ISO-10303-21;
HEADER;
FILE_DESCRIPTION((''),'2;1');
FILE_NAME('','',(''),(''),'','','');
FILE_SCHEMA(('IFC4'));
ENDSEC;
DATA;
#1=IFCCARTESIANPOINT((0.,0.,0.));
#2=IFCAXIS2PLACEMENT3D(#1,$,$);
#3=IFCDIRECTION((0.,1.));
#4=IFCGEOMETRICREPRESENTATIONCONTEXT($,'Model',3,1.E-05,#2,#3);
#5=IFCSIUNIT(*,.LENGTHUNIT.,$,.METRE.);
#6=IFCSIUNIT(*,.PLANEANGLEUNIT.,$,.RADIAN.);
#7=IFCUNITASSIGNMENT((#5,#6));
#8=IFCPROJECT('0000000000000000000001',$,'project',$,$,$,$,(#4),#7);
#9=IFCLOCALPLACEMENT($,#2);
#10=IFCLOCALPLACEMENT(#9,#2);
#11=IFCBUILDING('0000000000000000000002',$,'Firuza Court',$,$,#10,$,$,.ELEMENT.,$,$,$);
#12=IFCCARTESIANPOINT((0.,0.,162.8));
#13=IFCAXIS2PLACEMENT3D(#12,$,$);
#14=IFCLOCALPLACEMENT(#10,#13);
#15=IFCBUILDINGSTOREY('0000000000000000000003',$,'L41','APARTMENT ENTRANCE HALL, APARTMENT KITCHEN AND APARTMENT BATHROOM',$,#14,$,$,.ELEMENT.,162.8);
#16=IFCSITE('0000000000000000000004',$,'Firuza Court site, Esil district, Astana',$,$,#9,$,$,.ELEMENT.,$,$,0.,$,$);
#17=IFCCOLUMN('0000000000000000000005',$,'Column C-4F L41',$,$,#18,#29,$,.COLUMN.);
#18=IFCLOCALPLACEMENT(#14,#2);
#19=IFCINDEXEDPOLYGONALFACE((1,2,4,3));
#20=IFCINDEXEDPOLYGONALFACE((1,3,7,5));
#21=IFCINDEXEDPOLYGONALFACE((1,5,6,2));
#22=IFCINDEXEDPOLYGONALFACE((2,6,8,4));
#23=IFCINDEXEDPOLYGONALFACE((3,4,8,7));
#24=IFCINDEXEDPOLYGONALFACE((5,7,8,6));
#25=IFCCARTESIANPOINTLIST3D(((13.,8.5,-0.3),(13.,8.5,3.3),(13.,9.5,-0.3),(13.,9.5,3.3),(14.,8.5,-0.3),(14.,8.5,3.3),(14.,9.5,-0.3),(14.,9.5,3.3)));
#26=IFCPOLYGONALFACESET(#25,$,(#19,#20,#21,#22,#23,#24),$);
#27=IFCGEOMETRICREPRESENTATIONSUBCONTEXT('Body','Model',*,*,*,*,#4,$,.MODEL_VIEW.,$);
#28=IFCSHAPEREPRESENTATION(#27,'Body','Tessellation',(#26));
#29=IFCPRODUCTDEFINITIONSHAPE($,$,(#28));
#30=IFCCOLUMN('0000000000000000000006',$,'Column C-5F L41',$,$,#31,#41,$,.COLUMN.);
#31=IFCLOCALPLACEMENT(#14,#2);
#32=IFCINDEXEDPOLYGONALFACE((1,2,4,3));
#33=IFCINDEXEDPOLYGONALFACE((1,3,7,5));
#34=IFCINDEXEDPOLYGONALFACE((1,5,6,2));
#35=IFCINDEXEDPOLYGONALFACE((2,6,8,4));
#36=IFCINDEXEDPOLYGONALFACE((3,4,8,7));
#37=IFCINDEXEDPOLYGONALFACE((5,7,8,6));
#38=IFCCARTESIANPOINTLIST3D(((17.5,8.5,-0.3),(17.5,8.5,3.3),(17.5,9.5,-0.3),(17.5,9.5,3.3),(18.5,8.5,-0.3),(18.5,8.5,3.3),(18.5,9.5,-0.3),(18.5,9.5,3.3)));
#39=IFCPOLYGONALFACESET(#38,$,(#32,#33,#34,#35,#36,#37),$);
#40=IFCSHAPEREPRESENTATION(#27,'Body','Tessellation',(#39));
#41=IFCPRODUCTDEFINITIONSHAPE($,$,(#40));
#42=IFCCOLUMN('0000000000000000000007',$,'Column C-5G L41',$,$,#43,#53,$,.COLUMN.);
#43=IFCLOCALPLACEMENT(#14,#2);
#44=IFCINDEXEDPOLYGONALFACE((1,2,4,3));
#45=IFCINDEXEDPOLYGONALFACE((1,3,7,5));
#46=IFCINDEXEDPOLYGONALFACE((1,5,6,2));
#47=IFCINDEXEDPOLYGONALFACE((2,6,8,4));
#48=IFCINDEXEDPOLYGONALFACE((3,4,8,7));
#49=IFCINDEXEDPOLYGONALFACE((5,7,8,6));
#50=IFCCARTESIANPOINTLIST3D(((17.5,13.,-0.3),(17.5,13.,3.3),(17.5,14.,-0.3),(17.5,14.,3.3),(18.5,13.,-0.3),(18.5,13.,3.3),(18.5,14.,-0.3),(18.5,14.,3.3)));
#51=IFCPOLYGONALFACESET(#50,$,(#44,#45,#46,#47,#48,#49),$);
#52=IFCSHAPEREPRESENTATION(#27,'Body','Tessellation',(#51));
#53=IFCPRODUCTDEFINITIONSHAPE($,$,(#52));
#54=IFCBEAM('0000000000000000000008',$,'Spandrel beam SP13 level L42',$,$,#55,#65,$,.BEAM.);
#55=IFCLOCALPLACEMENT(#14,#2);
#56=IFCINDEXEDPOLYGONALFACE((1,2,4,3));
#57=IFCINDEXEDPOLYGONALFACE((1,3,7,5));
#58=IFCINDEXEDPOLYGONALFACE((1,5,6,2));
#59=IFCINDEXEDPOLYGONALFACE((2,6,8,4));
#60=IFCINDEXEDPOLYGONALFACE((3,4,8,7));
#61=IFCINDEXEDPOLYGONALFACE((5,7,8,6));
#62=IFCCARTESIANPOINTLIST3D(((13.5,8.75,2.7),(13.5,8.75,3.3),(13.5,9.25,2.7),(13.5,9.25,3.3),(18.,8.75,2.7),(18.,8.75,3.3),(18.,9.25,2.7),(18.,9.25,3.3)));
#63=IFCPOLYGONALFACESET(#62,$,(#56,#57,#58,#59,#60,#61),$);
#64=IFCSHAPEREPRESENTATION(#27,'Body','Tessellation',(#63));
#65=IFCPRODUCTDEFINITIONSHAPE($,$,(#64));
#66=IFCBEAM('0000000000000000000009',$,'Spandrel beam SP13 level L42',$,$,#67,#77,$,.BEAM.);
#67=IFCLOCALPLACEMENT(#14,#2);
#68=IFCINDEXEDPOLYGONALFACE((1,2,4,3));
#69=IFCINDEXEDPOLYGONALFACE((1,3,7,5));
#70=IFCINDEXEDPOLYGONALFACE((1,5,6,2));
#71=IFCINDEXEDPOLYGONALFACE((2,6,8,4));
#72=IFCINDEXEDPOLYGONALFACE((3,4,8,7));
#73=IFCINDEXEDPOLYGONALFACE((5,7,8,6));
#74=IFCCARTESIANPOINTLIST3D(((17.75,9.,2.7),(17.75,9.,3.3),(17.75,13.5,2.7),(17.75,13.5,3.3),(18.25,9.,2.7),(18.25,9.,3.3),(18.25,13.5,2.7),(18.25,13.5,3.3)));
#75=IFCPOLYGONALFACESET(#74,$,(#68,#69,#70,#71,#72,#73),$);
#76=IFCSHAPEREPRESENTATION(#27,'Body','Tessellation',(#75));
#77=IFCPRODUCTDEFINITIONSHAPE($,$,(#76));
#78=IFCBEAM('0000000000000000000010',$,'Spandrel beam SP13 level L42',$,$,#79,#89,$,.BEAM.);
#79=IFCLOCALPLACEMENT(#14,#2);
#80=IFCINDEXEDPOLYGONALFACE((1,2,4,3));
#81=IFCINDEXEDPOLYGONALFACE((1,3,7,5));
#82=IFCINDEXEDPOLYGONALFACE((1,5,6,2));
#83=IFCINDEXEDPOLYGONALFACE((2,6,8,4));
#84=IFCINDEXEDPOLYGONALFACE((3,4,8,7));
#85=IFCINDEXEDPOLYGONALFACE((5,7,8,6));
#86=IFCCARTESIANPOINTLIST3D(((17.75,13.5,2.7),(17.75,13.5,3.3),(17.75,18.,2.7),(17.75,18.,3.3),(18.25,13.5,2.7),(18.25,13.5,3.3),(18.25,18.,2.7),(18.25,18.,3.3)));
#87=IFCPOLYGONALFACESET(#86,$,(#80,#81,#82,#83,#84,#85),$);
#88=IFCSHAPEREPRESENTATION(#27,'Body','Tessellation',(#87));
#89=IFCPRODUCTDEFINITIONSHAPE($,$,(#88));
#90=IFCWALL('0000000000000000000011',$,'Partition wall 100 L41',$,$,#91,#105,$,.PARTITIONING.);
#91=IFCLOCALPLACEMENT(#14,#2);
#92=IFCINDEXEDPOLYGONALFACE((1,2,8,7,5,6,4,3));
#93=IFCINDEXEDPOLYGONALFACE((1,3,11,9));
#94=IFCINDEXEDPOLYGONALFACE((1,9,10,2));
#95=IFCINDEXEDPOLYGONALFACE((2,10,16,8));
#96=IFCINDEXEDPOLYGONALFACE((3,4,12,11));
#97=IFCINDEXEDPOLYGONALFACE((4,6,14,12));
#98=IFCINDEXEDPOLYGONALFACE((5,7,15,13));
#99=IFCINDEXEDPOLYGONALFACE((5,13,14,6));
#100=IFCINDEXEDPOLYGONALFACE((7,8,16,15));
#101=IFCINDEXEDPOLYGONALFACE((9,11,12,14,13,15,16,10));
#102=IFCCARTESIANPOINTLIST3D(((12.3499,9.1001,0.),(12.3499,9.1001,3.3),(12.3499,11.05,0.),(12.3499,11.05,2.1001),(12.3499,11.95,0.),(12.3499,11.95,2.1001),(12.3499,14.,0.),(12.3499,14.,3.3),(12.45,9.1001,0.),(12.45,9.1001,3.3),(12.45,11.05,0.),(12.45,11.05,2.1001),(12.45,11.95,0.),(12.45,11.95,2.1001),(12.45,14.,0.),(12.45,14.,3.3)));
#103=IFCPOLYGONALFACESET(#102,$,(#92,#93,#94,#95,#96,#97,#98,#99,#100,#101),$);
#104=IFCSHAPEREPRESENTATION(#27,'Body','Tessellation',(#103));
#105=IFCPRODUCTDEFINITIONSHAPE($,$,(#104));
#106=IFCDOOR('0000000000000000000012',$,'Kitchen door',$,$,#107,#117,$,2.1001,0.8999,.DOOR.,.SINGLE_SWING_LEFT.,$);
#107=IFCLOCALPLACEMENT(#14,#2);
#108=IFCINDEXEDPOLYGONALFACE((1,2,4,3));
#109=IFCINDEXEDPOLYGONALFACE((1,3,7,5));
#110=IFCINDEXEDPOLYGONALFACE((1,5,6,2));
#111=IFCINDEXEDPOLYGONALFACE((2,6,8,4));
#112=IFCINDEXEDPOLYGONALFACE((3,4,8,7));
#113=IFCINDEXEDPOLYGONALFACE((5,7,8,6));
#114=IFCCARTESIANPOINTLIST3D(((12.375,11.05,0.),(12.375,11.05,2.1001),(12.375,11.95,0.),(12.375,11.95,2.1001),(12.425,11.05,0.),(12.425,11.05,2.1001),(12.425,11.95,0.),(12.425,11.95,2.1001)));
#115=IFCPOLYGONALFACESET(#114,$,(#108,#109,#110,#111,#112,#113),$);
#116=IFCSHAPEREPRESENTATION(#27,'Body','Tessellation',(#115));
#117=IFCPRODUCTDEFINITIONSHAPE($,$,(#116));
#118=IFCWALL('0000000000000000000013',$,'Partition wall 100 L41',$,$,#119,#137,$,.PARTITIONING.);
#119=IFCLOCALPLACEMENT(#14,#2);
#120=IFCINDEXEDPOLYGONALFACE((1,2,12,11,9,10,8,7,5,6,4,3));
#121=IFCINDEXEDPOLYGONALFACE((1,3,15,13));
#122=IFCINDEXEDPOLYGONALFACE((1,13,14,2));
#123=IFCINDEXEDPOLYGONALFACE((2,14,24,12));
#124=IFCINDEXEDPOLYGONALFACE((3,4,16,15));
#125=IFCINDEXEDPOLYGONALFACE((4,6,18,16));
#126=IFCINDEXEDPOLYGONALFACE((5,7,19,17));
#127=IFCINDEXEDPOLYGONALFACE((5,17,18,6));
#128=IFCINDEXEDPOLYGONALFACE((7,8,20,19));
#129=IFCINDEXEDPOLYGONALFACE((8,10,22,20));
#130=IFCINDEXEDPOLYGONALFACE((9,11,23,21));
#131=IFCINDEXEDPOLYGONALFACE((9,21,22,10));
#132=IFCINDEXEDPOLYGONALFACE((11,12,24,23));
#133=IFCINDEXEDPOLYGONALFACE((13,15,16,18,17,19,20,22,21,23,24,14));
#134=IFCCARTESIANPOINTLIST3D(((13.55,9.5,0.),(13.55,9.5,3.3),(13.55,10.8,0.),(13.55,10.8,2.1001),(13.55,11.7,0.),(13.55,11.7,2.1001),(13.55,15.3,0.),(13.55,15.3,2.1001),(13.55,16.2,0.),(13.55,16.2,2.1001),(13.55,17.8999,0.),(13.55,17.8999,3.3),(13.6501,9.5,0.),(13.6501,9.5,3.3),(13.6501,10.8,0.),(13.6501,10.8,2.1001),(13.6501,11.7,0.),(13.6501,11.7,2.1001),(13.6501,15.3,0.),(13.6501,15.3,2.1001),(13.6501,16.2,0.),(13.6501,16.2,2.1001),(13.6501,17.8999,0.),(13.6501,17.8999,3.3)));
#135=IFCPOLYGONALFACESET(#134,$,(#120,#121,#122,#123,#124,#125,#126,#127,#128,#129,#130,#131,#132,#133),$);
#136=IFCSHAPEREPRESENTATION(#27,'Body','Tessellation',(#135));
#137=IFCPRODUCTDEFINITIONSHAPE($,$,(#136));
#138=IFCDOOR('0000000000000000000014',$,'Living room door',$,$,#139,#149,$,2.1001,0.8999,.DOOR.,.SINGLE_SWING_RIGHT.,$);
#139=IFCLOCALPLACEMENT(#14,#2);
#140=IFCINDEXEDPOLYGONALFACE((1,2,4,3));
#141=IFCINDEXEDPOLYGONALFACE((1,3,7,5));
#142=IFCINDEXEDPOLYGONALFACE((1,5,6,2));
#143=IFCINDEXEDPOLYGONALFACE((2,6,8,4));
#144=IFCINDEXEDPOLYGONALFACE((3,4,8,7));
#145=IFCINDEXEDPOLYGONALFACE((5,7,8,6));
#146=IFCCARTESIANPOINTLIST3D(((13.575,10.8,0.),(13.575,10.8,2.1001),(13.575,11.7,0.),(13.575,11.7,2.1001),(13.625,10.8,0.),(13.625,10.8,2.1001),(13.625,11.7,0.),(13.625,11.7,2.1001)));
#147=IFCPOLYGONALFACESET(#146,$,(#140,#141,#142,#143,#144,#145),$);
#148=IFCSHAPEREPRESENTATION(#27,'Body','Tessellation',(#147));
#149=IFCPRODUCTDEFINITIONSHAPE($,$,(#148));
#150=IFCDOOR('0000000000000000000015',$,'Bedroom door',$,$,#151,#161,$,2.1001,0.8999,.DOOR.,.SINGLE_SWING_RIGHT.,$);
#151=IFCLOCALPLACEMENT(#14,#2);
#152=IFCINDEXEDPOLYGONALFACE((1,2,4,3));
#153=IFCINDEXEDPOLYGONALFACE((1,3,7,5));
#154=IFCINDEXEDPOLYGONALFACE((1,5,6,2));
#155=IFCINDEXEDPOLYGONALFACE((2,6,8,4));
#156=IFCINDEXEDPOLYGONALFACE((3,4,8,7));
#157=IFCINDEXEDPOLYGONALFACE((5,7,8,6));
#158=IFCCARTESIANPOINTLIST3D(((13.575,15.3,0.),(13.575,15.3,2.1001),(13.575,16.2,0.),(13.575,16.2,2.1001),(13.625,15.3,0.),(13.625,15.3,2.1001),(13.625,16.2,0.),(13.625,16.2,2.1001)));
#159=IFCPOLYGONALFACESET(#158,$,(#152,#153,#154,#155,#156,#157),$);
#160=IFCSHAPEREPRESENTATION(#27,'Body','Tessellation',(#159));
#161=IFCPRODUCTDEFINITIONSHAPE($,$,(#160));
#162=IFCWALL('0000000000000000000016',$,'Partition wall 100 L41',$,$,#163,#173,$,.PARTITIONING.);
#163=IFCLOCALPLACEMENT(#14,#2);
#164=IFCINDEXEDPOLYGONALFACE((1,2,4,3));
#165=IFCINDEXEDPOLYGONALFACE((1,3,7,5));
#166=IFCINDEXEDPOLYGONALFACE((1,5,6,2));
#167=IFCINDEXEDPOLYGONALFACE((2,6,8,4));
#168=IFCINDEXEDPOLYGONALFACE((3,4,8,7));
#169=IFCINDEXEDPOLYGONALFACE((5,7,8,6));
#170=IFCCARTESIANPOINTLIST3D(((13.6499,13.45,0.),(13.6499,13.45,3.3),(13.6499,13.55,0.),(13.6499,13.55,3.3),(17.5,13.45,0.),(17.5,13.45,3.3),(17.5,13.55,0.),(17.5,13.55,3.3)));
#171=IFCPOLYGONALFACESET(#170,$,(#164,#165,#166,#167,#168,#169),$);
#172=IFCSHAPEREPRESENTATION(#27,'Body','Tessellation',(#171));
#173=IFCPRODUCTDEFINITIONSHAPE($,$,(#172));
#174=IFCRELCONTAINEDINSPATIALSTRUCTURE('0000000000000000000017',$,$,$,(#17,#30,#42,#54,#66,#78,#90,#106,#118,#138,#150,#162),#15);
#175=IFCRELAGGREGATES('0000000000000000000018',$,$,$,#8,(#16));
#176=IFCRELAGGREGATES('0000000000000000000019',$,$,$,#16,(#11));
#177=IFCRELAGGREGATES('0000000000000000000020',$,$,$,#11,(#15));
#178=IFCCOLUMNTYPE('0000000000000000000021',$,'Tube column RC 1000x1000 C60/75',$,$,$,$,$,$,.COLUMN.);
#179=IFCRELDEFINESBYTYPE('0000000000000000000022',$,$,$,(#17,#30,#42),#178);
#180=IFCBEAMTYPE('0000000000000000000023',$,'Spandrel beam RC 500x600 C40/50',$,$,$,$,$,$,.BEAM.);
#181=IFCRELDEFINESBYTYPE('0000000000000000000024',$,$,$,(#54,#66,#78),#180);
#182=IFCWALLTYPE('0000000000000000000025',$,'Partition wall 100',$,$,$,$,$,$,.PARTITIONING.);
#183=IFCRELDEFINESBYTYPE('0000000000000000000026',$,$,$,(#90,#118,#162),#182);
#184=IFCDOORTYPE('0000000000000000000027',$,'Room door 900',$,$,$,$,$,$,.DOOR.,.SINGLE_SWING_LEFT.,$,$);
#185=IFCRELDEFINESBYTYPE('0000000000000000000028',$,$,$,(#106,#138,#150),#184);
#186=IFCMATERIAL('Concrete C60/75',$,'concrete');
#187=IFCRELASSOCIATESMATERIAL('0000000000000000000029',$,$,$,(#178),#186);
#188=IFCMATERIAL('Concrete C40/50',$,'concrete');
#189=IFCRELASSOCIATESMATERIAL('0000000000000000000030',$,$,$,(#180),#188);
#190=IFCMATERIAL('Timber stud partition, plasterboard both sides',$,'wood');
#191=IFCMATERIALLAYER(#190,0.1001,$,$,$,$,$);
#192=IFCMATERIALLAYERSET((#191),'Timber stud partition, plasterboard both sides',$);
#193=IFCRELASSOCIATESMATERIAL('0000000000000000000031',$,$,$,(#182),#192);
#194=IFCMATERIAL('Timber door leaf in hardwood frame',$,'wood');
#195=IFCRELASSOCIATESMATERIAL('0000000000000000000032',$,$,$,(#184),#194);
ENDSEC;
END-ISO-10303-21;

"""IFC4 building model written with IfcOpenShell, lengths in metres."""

from ifc_helpers import new_model, si_unit, direction, frame, frame_2d, origin, origin_2d, place, context, subcontext, project, spatial, rectangle, extrude, material, layer, layer_set, material_profile, profile_set, type_object, element, fill, save


model = new_model("IFC4")

# Units and contexts
model_context = context("Model", 3, precision=1e-05, world=origin(), true_north=direction((0.0, 1.0)))
body_context = subcontext(model_context, "Body", "Model", "MODEL_VIEW")
ifc_project = project(units=[si_unit("LENGTHUNIT", "METRE"), si_unit("PLANEANGLEUNIT", "RADIAN")], contexts=[model_context])

# Site, building, storey
site_placement = place(None, origin())
site = spatial("IfcSite", under=ifc_project, at=site_placement, Name="Firuza Court site, Esil district, Astana", CompositionType="ELEMENT", RefElevation=0.0)
building_placement = place(site_placement, origin())
building = spatial("IfcBuilding", under=site, at=building_placement, Name="Firuza Court", CompositionType="ELEMENT")
storey_placement = place(building_placement, frame((0.0, 0.0, 162.8)))
storey = spatial("IfcBuildingStorey", under=building, at=storey_placement, Name="L41", Description="APARTMENT ENTRANCE HALL, APARTMENT KITCHEN AND APARTMENT BATHROOM", CompositionType="ELEMENT", Elevation=162.8)

# Columns
ifc_material_1 = material(Name="Concrete C60/75", Category="concrete")
ifc_material_profile_1 = material_profile(ifc_material_1, rectangle(XDim=1.0, YDim=1.0, at=origin_2d()), Name="RC 1000x1000")
ifc_profile_set_1 = profile_set([ifc_material_profile_1], Name="Concrete C60/75")
column_type = type_object("IfcColumnType", Name="Tube column RC 1000x1000 C60/75", PredefinedType="COLUMN", material=ifc_profile_set_1)
for number, where, z_axis, x_axis, name in (
    (1, (13.5, 9.0, -0.3), (0.0, 0.0, 1.0), (1.0, 0.0, 0.0), "Column C-4F L41"),
    (2, (18.0, 9.0, -0.3), (0.0, 0.0, 1.0), (1.0, 0.0, 0.0), "Column C-5F L41"),
    (3, (18.0, 13.5, -0.3), (0.0, 0.0, 1.0), (1.0, 0.0, 0.0), "Column C-5G L41"),
):
    element("IfcColumn", number, at=place(storey_placement, frame(where, z_axis=z_axis, x_axis=x_axis)), inside=storey, type_object=column_type, Name=name, PredefinedType="COLUMN", context=body_context, shape_type="SweptSolid", body=[
        extrude(rectangle(XDim=1.0, YDim=1.0, at=origin_2d()), origin(), (0.0, 0.0, 1.0), 3.6001),
    ])

# Beams
ifc_material_2 = material(Name="Concrete C40/50", Category="concrete")
ifc_material_profile_2 = material_profile(ifc_material_2, rectangle(XDim=0.5, YDim=0.6001, at=origin_2d()), Name="RC 500x600")
ifc_profile_set_2 = profile_set([ifc_material_profile_2], Name="Concrete C40/50")
beam_type = type_object("IfcBeamType", Name="Spandrel beam RC 500x600 C40/50", PredefinedType="BEAM", material=ifc_profile_set_2)
for number, where, z_axis, x_axis, name in (
    (4, (13.5, 9.0, 3.0), (1.0, 0.0, 0.0), (0.0, 1.0, 0.0), "Spandrel beam SP13 level L42"),
    (5, (18.0, 9.0, 3.0), (0.0, 1.0, 0.0), (-1.0, 0.0, 0.0), "Spandrel beam SP13 level L42"),
    (6, (18.0, 13.5, 3.0), (0.0, 1.0, 0.0), (-1.0, 0.0, 0.0), "Spandrel beam SP13 level L42"),
):
    element("IfcBeam", number, at=place(storey_placement, frame(where, z_axis=z_axis, x_axis=x_axis)), inside=storey, type_object=beam_type, Name=name, PredefinedType="BEAM", context=body_context, shape_type="SweptSolid", body=[
        extrude(rectangle(XDim=0.5, YDim=0.6001, at=origin_2d()), origin(), (0.0, 0.0, 1.0), 4.5),
    ])

# Wall, opening, door
ifc_material_3 = material(Name="Timber stud partition, plasterboard both sides", Category="wood")
ifc_layer_1 = layer(ifc_material_3, 0.1001)
ifc_layer_set_1 = layer_set([ifc_layer_1], Name="Timber stud partition, plasterboard both sides")
wall_type_1 = type_object("IfcWallType", Name="Partition wall 100", PredefinedType="PARTITIONING", material=ifc_layer_set_1)
wall_1_placement = place(storey_placement, frame((12.3999, 9.1001, 0.0), z_axis=(0.0, 0.0, 1.0), x_axis=(0.0, 1.0, 0.0)))
wall_1 = element("IfcWall", 7, at=wall_1_placement, inside=storey, type_object=wall_type_1, Name="Partition wall 100 L41", PredefinedType="PARTITIONING", context=body_context, shape_type="SweptSolid", body=[
    extrude(rectangle(XDim=4.8999, YDim=0.1001, at=frame_2d((2.45, 0.0))), origin(), (0.0, 0.0, 1.0), 3.3),
])
opening_1_placement = place(wall_1_placement, frame((1.95, 0.0, 0.0)))
opening_1 = element("IfcOpeningElement", 8, at=opening_1_placement, cuts=wall_1, PredefinedType="OPENING", context=body_context, shape_type="SweptSolid", body=[
    extrude(rectangle(XDim=0.8999, YDim=2.1001, at=frame_2d((0.45, 1.05))), frame((0.0, 0.062, 0.0), z_axis=(0.0, -1.0, 0.0), x_axis=(1.0, 0.0, 0.0)), (0.0, 0.0, 1.0), 0.124),
])
ifc_material_4 = material(Name="Timber door leaf in hardwood frame", Category="wood")
door_type_1 = type_object("IfcDoorType", Name="Room door 900", OperationType="SINGLE_SWING_LEFT", PredefinedType="DOOR", material=ifc_material_4)
door_1_placement = place(opening_1_placement, origin())
door_1 = element("IfcDoor", 9, at=door_1_placement, inside=storey, type_object=door_type_1, Name="Kitchen door", OperationType="SINGLE_SWING_LEFT", OverallHeight=2.1001, OverallWidth=0.8999, PredefinedType="DOOR", context=body_context, shape_type="SweptSolid", body=[
    extrude(rectangle(XDim=0.8999, YDim=2.1001, at=frame_2d((0.45, 1.05))), frame((0.0, 0.0249, 0.0), z_axis=(0.0, -1.0, 0.0), x_axis=(1.0, 0.0, 0.0)), (0.0, 0.0, 1.0), 0.05),
])
fill(opening_1, door_1)

# Wall, openings, doors
wall_2_placement = place(storey_placement, frame((13.6001, 9.5, 0.0), z_axis=(0.0, 0.0, 1.0), x_axis=(0.0, 1.0, 0.0)))
wall_2 = element("IfcWall", 10, at=wall_2_placement, inside=storey, type_object=wall_type_1, Name="Partition wall 100 L41", PredefinedType="PARTITIONING", context=body_context, shape_type="SweptSolid", body=[
    extrude(rectangle(XDim=8.3999, YDim=0.1001, at=frame_2d((4.2, 0.0))), origin(), (0.0, 0.0, 1.0), 3.3),
])
opening_2_placement = place(wall_2_placement, frame((1.3, 0.0, 0.0)))
opening_2 = element("IfcOpeningElement", 11, at=opening_2_placement, cuts=wall_2, PredefinedType="OPENING", context=body_context, shape_type="SweptSolid", body=[
    extrude(rectangle(XDim=0.8999, YDim=2.1001, at=frame_2d((0.45, 1.05))), frame((0.0, 0.062, 0.0), z_axis=(0.0, -1.0, 0.0), x_axis=(1.0, 0.0, 0.0)), (0.0, 0.0, 1.0), 0.124),
])
opening_3_placement = place(wall_2_placement, frame((5.8, 0.0, 0.0)))
opening_3 = element("IfcOpeningElement", 12, at=opening_3_placement, cuts=wall_2, PredefinedType="OPENING", context=body_context, shape_type="SweptSolid", body=[
    extrude(rectangle(XDim=0.8999, YDim=2.1001, at=frame_2d((0.45, 1.05))), frame((0.0, 0.062, 0.0), z_axis=(0.0, -1.0, 0.0), x_axis=(1.0, 0.0, 0.0)), (0.0, 0.0, 1.0), 0.124),
])
door_2_placement = place(opening_2_placement, frame((0.8999, 0.0, 0.0), z_axis=(0.0, 0.0, 1.0), x_axis=(-1.0, 0.0, 0.0)))
door_2 = element("IfcDoor", 13, at=door_2_placement, inside=storey, type_object=door_type_1, Name="Living room door", OperationType="SINGLE_SWING_RIGHT", OverallHeight=2.1001, OverallWidth=0.8999, PredefinedType="DOOR", context=body_context, shape_type="SweptSolid", body=[
    extrude(rectangle(XDim=0.8999, YDim=2.1001, at=frame_2d((0.45, 1.05))), frame((0.0, 0.0249, 0.0), z_axis=(0.0, -1.0, 0.0), x_axis=(1.0, 0.0, 0.0)), (0.0, 0.0, 1.0), 0.05),
])
fill(opening_2, door_2)
door_3_placement = place(opening_3_placement, frame((0.8999, 0.0, 0.0), z_axis=(0.0, 0.0, 1.0), x_axis=(-1.0, 0.0, 0.0)))
door_3 = element("IfcDoor", 14, at=door_3_placement, inside=storey, type_object=door_type_1, Name="Bedroom door", OperationType="SINGLE_SWING_RIGHT", OverallHeight=2.1001, OverallWidth=0.8999, PredefinedType="DOOR", context=body_context, shape_type="SweptSolid", body=[
    extrude(rectangle(XDim=0.8999, YDim=2.1001, at=frame_2d((0.45, 1.05))), frame((0.0, 0.0249, 0.0), z_axis=(0.0, -1.0, 0.0), x_axis=(1.0, 0.0, 0.0)), (0.0, 0.0, 1.0), 0.05),
])
fill(opening_3, door_3)

# Wall
wall_3_placement = place(storey_placement, frame((13.6499, 13.5, 0.0), z_axis=(0.0, 0.0, 1.0), x_axis=(1.0, 0.0, 0.0)))
element("IfcWall", 15, at=wall_3_placement, inside=storey, type_object=wall_type_1, Name="Partition wall 100 L41", PredefinedType="PARTITIONING", context=body_context, shape_type="SweptSolid", body=[
    extrude(rectangle(XDim=3.8501, YDim=0.1001, at=frame_2d((1.925, 0.0))), origin(), (0.0, 0.0, 1.0), 3.3),
])

save(model, "model.ifc")
